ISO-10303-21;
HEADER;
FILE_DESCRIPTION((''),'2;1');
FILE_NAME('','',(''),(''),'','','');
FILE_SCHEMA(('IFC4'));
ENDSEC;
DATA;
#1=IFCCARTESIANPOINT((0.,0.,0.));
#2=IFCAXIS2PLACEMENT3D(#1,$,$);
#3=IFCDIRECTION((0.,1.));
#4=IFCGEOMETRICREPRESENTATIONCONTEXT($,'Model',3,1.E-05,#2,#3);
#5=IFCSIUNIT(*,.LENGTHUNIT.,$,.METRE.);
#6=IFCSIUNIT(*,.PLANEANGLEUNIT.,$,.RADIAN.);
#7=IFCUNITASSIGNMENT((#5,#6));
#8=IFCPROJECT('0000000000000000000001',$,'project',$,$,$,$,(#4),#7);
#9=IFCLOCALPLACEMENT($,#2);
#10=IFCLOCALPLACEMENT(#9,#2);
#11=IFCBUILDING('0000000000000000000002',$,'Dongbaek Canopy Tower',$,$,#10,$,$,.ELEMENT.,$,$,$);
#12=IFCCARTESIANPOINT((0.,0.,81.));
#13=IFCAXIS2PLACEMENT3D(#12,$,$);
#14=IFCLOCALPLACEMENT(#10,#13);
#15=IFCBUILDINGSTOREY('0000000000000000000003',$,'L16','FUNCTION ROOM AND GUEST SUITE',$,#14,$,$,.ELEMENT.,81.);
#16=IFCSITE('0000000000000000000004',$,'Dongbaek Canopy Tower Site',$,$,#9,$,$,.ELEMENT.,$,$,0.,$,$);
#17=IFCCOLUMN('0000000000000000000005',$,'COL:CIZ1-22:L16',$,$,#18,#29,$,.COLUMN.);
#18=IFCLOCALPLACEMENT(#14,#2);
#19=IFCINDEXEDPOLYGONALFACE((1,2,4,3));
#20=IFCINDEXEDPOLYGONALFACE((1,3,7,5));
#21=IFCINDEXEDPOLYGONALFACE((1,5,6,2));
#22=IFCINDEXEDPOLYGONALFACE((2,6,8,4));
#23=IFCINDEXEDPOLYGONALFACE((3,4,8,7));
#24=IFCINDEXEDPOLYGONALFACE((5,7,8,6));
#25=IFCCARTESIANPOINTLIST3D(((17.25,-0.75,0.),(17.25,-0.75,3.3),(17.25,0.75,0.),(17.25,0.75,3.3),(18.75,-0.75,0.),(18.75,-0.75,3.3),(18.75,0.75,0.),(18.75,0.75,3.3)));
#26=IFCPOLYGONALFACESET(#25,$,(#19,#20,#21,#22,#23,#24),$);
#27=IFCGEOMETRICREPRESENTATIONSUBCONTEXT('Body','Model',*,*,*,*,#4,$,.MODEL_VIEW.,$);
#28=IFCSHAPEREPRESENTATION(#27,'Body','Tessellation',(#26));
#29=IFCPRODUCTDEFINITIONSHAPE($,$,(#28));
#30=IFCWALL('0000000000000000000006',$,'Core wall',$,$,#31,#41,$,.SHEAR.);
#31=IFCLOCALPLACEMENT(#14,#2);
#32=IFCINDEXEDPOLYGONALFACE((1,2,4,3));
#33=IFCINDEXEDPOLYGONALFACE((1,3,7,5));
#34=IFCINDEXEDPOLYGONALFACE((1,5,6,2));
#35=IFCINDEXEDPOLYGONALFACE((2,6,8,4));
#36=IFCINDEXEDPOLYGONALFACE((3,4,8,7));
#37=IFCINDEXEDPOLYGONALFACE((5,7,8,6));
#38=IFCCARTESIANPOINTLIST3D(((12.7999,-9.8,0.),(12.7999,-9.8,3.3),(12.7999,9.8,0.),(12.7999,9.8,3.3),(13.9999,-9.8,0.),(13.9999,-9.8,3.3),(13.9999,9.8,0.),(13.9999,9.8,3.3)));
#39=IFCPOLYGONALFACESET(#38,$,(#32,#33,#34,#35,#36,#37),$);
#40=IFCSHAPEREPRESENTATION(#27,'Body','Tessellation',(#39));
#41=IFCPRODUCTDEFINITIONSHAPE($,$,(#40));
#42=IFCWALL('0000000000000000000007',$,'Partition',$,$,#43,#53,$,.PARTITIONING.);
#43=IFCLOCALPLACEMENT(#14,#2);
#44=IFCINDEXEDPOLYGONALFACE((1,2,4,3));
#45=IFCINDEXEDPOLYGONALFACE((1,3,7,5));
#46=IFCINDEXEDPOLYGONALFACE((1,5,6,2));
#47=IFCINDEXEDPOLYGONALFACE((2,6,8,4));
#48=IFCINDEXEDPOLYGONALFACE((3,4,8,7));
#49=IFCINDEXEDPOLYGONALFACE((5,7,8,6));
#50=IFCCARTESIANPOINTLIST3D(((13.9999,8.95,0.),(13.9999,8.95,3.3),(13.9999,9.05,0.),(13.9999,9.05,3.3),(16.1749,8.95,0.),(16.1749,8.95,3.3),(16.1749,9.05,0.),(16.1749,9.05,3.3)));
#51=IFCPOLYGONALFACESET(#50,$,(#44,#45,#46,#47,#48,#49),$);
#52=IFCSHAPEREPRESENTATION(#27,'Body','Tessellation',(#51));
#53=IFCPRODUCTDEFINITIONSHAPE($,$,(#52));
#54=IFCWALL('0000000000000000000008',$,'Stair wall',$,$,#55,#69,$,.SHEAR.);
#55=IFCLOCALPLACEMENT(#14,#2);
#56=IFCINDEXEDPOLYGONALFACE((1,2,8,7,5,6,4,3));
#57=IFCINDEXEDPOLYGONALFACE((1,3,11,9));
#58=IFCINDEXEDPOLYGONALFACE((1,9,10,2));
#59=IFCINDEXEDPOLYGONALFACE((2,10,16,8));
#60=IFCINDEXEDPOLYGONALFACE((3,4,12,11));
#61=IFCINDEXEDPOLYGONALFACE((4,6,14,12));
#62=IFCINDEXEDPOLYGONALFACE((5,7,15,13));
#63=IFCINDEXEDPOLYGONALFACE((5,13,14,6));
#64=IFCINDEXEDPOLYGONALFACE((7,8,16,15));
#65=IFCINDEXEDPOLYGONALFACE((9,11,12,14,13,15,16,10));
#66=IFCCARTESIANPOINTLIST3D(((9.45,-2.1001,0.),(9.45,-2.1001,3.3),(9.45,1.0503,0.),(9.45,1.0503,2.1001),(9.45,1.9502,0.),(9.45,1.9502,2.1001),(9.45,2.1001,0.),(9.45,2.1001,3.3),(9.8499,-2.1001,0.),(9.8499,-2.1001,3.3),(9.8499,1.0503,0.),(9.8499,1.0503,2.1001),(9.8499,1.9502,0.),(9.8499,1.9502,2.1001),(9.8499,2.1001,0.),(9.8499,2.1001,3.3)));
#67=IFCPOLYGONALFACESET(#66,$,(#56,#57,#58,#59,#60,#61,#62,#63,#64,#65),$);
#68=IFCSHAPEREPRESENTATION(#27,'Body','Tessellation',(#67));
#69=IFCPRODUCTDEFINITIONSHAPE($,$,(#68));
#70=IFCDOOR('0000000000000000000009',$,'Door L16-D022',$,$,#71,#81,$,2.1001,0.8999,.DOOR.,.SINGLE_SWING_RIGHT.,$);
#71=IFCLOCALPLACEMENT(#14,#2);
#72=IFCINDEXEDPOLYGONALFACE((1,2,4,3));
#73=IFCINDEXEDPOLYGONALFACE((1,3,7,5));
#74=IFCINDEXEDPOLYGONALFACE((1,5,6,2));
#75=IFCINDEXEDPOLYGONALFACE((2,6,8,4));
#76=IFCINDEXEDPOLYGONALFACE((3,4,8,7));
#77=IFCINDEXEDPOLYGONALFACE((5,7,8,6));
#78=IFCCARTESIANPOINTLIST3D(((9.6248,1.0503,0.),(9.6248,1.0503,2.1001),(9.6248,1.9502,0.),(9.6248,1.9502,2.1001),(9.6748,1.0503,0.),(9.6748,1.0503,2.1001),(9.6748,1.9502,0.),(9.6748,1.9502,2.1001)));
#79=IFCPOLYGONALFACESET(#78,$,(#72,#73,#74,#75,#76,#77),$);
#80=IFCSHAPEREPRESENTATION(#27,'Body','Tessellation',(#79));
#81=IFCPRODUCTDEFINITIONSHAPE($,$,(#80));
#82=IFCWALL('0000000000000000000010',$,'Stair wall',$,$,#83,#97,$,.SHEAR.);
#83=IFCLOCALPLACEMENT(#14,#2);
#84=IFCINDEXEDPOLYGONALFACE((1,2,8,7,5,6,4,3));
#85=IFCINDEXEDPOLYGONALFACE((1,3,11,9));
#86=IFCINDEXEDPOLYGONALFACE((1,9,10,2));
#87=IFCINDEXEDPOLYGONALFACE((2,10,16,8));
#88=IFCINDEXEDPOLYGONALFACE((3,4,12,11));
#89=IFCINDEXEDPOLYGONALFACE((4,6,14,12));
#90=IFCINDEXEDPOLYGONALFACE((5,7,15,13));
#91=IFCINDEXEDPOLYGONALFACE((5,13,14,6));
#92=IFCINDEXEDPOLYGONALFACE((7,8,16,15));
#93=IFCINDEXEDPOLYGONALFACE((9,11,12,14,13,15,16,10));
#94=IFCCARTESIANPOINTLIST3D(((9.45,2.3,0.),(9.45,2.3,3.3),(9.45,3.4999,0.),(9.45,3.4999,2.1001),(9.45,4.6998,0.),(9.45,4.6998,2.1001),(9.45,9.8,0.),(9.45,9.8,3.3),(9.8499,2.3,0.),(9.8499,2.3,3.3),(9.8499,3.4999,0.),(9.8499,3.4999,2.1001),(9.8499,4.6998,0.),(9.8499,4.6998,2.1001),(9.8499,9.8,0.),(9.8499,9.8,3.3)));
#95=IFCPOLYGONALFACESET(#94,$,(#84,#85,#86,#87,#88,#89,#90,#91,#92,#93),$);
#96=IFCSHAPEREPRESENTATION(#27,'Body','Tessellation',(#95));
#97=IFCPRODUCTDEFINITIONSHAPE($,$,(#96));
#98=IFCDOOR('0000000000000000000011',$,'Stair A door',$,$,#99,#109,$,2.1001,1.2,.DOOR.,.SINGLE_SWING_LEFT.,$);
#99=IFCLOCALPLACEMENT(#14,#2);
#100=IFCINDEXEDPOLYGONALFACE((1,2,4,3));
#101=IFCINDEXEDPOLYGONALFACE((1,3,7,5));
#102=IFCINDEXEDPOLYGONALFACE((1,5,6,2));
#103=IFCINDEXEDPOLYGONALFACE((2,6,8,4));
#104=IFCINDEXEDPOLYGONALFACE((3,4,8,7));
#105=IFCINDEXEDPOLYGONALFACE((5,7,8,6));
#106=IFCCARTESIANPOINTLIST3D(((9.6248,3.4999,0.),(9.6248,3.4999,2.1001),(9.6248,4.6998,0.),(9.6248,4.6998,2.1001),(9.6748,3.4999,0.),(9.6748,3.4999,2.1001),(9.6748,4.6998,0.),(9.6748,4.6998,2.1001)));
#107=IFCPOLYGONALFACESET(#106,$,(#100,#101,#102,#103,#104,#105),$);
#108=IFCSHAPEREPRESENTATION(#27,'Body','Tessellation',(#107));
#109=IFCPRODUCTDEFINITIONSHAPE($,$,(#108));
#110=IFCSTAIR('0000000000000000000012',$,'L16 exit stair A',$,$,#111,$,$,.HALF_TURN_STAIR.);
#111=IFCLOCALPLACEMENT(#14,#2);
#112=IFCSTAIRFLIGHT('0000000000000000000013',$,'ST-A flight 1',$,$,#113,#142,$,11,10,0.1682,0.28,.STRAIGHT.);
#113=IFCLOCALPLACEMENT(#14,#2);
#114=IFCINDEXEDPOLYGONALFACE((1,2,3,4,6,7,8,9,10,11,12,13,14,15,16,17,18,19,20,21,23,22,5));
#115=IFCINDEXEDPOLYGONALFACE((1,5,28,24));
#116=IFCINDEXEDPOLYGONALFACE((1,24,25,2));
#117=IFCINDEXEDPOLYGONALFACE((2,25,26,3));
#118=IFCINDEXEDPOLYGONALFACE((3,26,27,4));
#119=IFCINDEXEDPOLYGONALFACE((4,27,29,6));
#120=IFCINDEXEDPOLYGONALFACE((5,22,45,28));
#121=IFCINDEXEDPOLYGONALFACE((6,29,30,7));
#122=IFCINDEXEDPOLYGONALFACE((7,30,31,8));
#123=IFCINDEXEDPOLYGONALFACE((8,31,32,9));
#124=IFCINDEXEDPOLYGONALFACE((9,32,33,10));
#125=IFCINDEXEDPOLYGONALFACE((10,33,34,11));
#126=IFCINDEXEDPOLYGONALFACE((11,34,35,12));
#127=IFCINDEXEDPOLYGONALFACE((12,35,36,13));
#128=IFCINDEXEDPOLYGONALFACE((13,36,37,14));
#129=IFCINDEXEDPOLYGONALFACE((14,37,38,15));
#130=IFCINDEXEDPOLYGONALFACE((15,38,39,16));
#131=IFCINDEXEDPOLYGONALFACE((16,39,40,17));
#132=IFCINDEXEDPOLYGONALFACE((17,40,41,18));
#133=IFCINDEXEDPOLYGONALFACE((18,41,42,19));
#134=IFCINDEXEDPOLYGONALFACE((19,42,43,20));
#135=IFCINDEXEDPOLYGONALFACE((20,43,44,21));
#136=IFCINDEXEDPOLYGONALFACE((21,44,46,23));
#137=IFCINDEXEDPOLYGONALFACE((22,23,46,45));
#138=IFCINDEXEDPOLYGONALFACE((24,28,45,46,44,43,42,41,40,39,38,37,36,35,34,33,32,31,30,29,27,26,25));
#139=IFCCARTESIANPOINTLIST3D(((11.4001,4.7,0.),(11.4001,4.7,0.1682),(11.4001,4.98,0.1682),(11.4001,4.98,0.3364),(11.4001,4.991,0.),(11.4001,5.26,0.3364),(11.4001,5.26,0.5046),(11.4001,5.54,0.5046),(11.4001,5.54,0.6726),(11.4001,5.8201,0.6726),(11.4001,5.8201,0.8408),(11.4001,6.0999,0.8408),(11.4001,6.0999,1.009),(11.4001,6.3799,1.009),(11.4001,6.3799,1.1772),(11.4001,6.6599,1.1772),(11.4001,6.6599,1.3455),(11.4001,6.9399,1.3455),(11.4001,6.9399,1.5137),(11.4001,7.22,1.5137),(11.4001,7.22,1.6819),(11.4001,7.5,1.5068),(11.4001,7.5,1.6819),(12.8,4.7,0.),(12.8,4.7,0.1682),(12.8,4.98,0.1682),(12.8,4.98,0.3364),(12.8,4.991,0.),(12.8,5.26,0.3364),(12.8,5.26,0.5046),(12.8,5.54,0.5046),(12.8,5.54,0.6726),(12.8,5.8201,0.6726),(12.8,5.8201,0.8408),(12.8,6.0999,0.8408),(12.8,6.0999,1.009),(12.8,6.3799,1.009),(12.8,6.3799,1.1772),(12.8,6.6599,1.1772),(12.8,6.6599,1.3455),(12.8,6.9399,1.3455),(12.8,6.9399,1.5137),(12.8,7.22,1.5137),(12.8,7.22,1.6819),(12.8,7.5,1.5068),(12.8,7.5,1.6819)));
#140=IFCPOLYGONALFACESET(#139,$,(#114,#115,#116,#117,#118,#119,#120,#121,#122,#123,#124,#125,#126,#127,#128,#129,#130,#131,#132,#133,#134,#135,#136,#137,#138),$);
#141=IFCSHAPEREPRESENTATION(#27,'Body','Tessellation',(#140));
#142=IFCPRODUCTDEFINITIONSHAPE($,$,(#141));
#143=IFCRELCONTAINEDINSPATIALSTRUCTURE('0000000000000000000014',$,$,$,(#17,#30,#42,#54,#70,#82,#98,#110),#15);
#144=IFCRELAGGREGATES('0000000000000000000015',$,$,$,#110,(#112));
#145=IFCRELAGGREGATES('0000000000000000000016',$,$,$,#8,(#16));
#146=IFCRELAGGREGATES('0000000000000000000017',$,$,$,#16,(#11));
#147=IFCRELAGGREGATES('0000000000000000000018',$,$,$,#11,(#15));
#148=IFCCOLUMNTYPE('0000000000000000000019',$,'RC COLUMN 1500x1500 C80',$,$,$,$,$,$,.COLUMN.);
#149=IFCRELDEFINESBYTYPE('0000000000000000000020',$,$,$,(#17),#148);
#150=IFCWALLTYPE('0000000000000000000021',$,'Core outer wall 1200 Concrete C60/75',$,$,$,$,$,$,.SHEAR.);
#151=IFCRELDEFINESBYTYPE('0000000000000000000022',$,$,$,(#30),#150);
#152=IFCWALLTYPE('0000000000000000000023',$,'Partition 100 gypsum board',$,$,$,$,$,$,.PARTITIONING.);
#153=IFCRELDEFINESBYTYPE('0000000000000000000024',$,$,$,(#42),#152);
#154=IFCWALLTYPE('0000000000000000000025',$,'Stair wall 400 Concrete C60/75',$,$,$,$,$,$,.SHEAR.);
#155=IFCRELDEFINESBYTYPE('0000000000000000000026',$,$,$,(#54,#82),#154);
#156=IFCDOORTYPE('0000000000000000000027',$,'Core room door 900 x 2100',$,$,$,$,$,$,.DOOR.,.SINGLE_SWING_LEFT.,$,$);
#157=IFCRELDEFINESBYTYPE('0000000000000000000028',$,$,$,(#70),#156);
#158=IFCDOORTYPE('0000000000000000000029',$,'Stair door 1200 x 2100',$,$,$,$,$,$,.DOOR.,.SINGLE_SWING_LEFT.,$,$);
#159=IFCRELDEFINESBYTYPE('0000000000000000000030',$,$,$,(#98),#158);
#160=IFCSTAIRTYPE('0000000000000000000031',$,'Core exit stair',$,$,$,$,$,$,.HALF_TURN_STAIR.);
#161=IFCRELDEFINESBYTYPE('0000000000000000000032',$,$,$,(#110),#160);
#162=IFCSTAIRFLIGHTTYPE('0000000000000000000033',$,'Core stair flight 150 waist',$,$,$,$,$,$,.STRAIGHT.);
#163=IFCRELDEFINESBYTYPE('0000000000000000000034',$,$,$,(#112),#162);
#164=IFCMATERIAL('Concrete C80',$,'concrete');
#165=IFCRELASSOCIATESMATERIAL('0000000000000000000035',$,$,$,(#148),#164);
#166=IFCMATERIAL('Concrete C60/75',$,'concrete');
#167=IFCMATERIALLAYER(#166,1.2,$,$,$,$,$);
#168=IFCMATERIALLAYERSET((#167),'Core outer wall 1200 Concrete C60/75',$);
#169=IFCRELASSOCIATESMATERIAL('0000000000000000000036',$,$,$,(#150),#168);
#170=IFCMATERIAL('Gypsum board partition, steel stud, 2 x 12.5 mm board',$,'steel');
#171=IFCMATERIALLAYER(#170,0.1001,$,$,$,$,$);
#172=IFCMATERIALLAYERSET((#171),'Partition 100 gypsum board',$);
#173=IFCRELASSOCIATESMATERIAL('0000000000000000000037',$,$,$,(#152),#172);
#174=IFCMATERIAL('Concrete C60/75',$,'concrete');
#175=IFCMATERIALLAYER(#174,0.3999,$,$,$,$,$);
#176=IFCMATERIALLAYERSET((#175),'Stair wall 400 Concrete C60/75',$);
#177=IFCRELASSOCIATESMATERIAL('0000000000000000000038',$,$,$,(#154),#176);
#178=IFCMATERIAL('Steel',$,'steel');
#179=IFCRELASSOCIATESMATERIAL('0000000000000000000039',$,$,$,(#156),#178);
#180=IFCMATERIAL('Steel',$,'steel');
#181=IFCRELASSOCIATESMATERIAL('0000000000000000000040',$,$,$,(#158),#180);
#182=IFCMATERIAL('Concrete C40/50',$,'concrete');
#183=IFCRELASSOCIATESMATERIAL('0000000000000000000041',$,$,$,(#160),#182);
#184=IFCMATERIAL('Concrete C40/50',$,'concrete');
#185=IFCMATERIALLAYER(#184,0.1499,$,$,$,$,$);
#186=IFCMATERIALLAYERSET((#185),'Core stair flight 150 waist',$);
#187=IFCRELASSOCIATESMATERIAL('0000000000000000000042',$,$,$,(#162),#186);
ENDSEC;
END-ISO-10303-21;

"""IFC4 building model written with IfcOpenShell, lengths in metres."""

from ifc_helpers import new_model, si_unit, direction, frame, frame_2d, origin, origin_2d, place, context, subcontext, project, spatial, polyline, rectangle, outline, extrude, material, layer, layer_set, material_profile, profile_set, type_object, element, fill, aggregate, save


model = new_model("IFC4")

# Units and contexts
model_context = context("Model", 3, precision=1e-05, world=origin(), true_north=direction((0.0, 1.0)))
body_context = subcontext(model_context, "Body", "Model", "MODEL_VIEW")
ifc_project = project(units=[si_unit("LENGTHUNIT", "METRE"), si_unit("PLANEANGLEUNIT", "RADIAN")], contexts=[model_context])

# Site, building, storey
site_placement = place(None, origin())
site = spatial("IfcSite", under=ifc_project, at=site_placement, Name="Dongbaek Canopy Tower Site", CompositionType="ELEMENT", RefElevation=0.0)
building_placement = place(site_placement, origin())
building = spatial("IfcBuilding", under=site, at=building_placement, Name="Dongbaek Canopy Tower", CompositionType="ELEMENT")
storey_placement = place(building_placement, frame((0.0, 0.0, 81.0)))
storey = spatial("IfcBuildingStorey", under=building, at=storey_placement, Name="L16", Description="FUNCTION ROOM AND GUEST SUITE", CompositionType="ELEMENT", Elevation=81.0)

# Column
ifc_material_1 = material(Name="Concrete C80", Category="concrete")
ifc_material_profile = material_profile(ifc_material_1, rectangle(XDim=1.5, YDim=1.5, at=origin_2d()), Name="RC COLUMN 1500x1500 C80")
ifc_profile_set = profile_set([ifc_material_profile], Name="Concrete C80")
column_type = type_object("IfcColumnType", Name="RC COLUMN 1500x1500 C80", PredefinedType="COLUMN", material=ifc_profile_set)
column_placement = place(storey_placement, frame((18.0, 0.0, 0.0), z_axis=(0.0, 0.0, 1.0), x_axis=(1.0, 0.0, 0.0)))
element("IfcColumn", 1, at=column_placement, inside=storey, type_object=column_type, Name="COL:CIZ1-22:L16", PredefinedType="COLUMN", context=body_context, shape_type="SweptSolid", body=[
    extrude(rectangle(XDim=1.5, YDim=1.5, at=origin_2d()), origin(), (0.0, 0.0, 1.0), 3.3),
])

# Walls
ifc_material_2 = material(Name="Concrete C60/75", Category="concrete")
ifc_layer_1 = layer(ifc_material_2, 1.2)
ifc_layer_set_1 = layer_set([ifc_layer_1], Name="Core outer wall 1200 Concrete C60/75")
wall_type_1 = type_object("IfcWallType", Name="Core outer wall 1200 Concrete C60/75", PredefinedType="SHEAR", material=ifc_layer_set_1)
wall_1_placement = place(storey_placement, frame((13.3999, 9.8, 0.0), z_axis=(0.0, 0.0, 1.0), x_axis=(0.0, -1.0, 0.0)))
element("IfcWall", 2, at=wall_1_placement, inside=storey, type_object=wall_type_1, Name="Core wall", PredefinedType="SHEAR", context=body_context, shape_type="SweptSolid", body=[
    extrude(rectangle(XDim=19.6001, YDim=1.2, at=frame_2d((9.8, 0.0))), origin(), (0.0, 0.0, 1.0), 3.3),
])
ifc_material_3 = material(Name="Gypsum board partition, steel stud, 2 x 12.5 mm board", Category="steel")
ifc_layer_2 = layer(ifc_material_3, 0.1001)
ifc_layer_set_2 = layer_set([ifc_layer_2], Name="Partition 100 gypsum board")
wall_type_2 = type_object("IfcWallType", Name="Partition 100 gypsum board", PredefinedType="PARTITIONING", material=ifc_layer_set_2)
wall_2_placement = place(storey_placement, frame((14.0, 9.0, 0.0), z_axis=(0.0, 0.0, 1.0), x_axis=(1.0, 0.0, 0.0)))
element("IfcWall", 3, at=wall_2_placement, inside=storey, type_object=wall_type_2, Name="Partition", PredefinedType="PARTITIONING", context=body_context, shape_type="SweptSolid", body=[
    extrude(rectangle(XDim=2.175, YDim=0.1001, at=frame_2d((1.0874, 0.0))), origin(), (0.0, 0.0, 1.0), 3.3),
])

# Walls, openings, doors
ifc_material_4 = material(Name="Concrete C60/75", Category="concrete")
ifc_layer_3 = layer(ifc_material_4, 0.3999)
ifc_layer_set_3 = layer_set([ifc_layer_3], Name="Stair wall 400 Concrete C60/75")
wall_type_3 = type_object("IfcWallType", Name="Stair wall 400 Concrete C60/75", PredefinedType="SHEAR", material=ifc_layer_set_3)
wall_3_placement = place(storey_placement, frame((9.6499, 2.1001, 0.0), z_axis=(0.0, 0.0, 1.0), x_axis=(0.0, -1.0, 0.0)))
wall_3 = element("IfcWall", 4, at=wall_3_placement, inside=storey, type_object=wall_type_3, Name="Stair wall", PredefinedType="SHEAR", context=body_context, shape_type="SweptSolid", body=[
    extrude(rectangle(XDim=4.2002, YDim=0.3999, at=frame_2d((2.1001, 0.0))), origin(), (0.0, 0.0, 1.0), 3.3),
])
opening_1_placement = place(wall_3_placement, frame((0.1499, 0.0, 0.0)))
opening_1 = element("IfcOpeningElement", 5, at=opening_1_placement, cuts=wall_3, PredefinedType="OPENING", context=body_context, shape_type="SweptSolid", body=[
    extrude(rectangle(XDim=0.8999, YDim=2.1001, at=frame_2d((0.45, 1.05))), frame((0.0, 0.21, 0.0), z_axis=(0.0, -1.0, 0.0), x_axis=(1.0, 0.0, 0.0)), (0.0, 0.0, 1.0), 0.4199),
])
ifc_material_5 = material(Name="Steel", Category="steel")
door_type_1 = type_object("IfcDoorType", Name="Core room door 900 x 2100", OperationType="SINGLE_SWING_LEFT", PredefinedType="DOOR", material=ifc_material_5)
door_1_placement = place(opening_1_placement, origin())
door_1 = element("IfcDoor", 6, at=door_1_placement, inside=storey, type_object=door_type_1, Name="Door L16-D022", OperationType="SINGLE_SWING_RIGHT", OverallHeight=2.1001, OverallWidth=0.8999, PredefinedType="DOOR", context=body_context, shape_type="SweptSolid", body=[
    extrude(rectangle(XDim=0.8999, YDim=2.1001, at=frame_2d((0.45, 1.05))), frame((0.0, 0.0249, 0.0), z_axis=(0.0, -1.0, 0.0), x_axis=(1.0, 0.0, 0.0)), (0.0, 0.0, 1.0), 0.05),
])
fill(opening_1, door_1)
wall_4_placement = place(storey_placement, frame((9.6499, 9.8, 0.0), z_axis=(0.0, 0.0, 1.0), x_axis=(0.0, -1.0, 0.0)))
wall_4 = element("IfcWall", 7, at=wall_4_placement, inside=storey, type_object=wall_type_3, Name="Stair wall", PredefinedType="SHEAR", context=body_context, shape_type="SweptSolid", body=[
    extrude(rectangle(XDim=7.5, YDim=0.3999, at=frame_2d((3.75, 0.0))), origin(), (0.0, 0.0, 1.0), 3.3),
])
opening_2_placement = place(wall_4_placement, frame((5.1001, 0.0, 0.0)))
opening_2 = element("IfcOpeningElement", 8, at=opening_2_placement, cuts=wall_4, PredefinedType="OPENING", context=body_context, shape_type="SweptSolid", body=[
    extrude(rectangle(XDim=1.2, YDim=2.1001, at=frame_2d((0.6001, 1.05))), frame((0.0, 0.21, 0.0), z_axis=(0.0, -1.0, 0.0), x_axis=(1.0, 0.0, 0.0)), (0.0, 0.0, 1.0), 0.4199),
])
ifc_material_6 = material(Name="Steel", Category="steel")
door_type_2 = type_object("IfcDoorType", Name="Stair door 1200 x 2100", OperationType="SINGLE_SWING_LEFT", PredefinedType="DOOR", material=ifc_material_6)
door_2_placement = place(opening_2_placement, origin())
door_2 = element("IfcDoor", 9, at=door_2_placement, inside=storey, type_object=door_type_2, Name="Stair A door", OperationType="SINGLE_SWING_LEFT", OverallHeight=2.1001, OverallWidth=1.2, PredefinedType="DOOR", context=body_context, shape_type="SweptSolid", body=[
    extrude(rectangle(XDim=1.2, YDim=2.1001, at=frame_2d((0.6001, 1.05))), frame((0.0, 0.0249, 0.0), z_axis=(0.0, -1.0, 0.0), x_axis=(1.0, 0.0, 0.0)), (0.0, 0.0, 1.0), 0.05),
])
fill(opening_2, door_2)

# Stair, stair flight
ifc_material_7 = material(Name="Concrete C40/50", Category="concrete")
stair_type = type_object("IfcStairType", Name="Core exit stair", PredefinedType="HALF_TURN_STAIR", material=ifc_material_7)
stair_placement = place(storey_placement, origin())
stair = element("IfcStair", 10, at=stair_placement, inside=storey, type_object=stair_type, Name="L16 exit stair A", PredefinedType="HALF_TURN_STAIR")
ifc_material_8 = material(Name="Concrete C40/50", Category="concrete")
ifc_layer_4 = layer(ifc_material_8, 0.1499)
ifc_layer_set_4 = layer_set([ifc_layer_4], Name="Core stair flight 150 waist")
stair_flight_type = type_object("IfcStairFlightType", Name="Core stair flight 150 waist", PredefinedType="STRAIGHT", material=ifc_layer_set_4)
stair_flight_1_placement = place(storey_placement, frame((12.1001, 4.7, 0.0), z_axis=(0.0, 0.0, 1.0), x_axis=(0.0, 1.0, 0.0)))
stair_flight_1 = element("IfcStairFlight", 11, at=stair_flight_1_placement, type_object=stair_flight_type, Name="ST-A flight 1", NumberOfRisers=11, NumberOfTreads=10, PredefinedType="STRAIGHT", RiserHeight=0.1682, TreadLength=0.28, context=body_context, shape_type="SweptSolid", body=[
    extrude(outline(polyline([(0.0, 0.0), (0.0, 0.1682), (0.28, 0.1682), (0.28, 0.3364), (0.5601, 0.3364), (0.5601, 0.5046), (0.8401, 0.5046), (0.8401, 0.6726), (1.1201, 0.6726), (1.1201, 0.8408), (1.3999, 0.8408), (1.3999, 1.009), (1.6799, 1.009), (1.6799, 1.1772), (1.96, 1.1772), (1.96, 1.3455), (2.24, 1.3455), (2.24, 1.5137), (2.52, 1.5137), (2.52, 1.6819), (2.8, 1.6819), (2.8, 1.8501), (2.8, 1.5068), (0.291, 0.0), (0.0, 0.0)])), frame((0.0, 0.7, 0.0), z_axis=(0.0, -1.0, 0.0), x_axis=(1.0, 0.0, 0.0)), (0.0, 0.0, 1.0), 1.3999),
])
aggregate(stair, [stair_flight_1])

save(model, "model.ifc")
